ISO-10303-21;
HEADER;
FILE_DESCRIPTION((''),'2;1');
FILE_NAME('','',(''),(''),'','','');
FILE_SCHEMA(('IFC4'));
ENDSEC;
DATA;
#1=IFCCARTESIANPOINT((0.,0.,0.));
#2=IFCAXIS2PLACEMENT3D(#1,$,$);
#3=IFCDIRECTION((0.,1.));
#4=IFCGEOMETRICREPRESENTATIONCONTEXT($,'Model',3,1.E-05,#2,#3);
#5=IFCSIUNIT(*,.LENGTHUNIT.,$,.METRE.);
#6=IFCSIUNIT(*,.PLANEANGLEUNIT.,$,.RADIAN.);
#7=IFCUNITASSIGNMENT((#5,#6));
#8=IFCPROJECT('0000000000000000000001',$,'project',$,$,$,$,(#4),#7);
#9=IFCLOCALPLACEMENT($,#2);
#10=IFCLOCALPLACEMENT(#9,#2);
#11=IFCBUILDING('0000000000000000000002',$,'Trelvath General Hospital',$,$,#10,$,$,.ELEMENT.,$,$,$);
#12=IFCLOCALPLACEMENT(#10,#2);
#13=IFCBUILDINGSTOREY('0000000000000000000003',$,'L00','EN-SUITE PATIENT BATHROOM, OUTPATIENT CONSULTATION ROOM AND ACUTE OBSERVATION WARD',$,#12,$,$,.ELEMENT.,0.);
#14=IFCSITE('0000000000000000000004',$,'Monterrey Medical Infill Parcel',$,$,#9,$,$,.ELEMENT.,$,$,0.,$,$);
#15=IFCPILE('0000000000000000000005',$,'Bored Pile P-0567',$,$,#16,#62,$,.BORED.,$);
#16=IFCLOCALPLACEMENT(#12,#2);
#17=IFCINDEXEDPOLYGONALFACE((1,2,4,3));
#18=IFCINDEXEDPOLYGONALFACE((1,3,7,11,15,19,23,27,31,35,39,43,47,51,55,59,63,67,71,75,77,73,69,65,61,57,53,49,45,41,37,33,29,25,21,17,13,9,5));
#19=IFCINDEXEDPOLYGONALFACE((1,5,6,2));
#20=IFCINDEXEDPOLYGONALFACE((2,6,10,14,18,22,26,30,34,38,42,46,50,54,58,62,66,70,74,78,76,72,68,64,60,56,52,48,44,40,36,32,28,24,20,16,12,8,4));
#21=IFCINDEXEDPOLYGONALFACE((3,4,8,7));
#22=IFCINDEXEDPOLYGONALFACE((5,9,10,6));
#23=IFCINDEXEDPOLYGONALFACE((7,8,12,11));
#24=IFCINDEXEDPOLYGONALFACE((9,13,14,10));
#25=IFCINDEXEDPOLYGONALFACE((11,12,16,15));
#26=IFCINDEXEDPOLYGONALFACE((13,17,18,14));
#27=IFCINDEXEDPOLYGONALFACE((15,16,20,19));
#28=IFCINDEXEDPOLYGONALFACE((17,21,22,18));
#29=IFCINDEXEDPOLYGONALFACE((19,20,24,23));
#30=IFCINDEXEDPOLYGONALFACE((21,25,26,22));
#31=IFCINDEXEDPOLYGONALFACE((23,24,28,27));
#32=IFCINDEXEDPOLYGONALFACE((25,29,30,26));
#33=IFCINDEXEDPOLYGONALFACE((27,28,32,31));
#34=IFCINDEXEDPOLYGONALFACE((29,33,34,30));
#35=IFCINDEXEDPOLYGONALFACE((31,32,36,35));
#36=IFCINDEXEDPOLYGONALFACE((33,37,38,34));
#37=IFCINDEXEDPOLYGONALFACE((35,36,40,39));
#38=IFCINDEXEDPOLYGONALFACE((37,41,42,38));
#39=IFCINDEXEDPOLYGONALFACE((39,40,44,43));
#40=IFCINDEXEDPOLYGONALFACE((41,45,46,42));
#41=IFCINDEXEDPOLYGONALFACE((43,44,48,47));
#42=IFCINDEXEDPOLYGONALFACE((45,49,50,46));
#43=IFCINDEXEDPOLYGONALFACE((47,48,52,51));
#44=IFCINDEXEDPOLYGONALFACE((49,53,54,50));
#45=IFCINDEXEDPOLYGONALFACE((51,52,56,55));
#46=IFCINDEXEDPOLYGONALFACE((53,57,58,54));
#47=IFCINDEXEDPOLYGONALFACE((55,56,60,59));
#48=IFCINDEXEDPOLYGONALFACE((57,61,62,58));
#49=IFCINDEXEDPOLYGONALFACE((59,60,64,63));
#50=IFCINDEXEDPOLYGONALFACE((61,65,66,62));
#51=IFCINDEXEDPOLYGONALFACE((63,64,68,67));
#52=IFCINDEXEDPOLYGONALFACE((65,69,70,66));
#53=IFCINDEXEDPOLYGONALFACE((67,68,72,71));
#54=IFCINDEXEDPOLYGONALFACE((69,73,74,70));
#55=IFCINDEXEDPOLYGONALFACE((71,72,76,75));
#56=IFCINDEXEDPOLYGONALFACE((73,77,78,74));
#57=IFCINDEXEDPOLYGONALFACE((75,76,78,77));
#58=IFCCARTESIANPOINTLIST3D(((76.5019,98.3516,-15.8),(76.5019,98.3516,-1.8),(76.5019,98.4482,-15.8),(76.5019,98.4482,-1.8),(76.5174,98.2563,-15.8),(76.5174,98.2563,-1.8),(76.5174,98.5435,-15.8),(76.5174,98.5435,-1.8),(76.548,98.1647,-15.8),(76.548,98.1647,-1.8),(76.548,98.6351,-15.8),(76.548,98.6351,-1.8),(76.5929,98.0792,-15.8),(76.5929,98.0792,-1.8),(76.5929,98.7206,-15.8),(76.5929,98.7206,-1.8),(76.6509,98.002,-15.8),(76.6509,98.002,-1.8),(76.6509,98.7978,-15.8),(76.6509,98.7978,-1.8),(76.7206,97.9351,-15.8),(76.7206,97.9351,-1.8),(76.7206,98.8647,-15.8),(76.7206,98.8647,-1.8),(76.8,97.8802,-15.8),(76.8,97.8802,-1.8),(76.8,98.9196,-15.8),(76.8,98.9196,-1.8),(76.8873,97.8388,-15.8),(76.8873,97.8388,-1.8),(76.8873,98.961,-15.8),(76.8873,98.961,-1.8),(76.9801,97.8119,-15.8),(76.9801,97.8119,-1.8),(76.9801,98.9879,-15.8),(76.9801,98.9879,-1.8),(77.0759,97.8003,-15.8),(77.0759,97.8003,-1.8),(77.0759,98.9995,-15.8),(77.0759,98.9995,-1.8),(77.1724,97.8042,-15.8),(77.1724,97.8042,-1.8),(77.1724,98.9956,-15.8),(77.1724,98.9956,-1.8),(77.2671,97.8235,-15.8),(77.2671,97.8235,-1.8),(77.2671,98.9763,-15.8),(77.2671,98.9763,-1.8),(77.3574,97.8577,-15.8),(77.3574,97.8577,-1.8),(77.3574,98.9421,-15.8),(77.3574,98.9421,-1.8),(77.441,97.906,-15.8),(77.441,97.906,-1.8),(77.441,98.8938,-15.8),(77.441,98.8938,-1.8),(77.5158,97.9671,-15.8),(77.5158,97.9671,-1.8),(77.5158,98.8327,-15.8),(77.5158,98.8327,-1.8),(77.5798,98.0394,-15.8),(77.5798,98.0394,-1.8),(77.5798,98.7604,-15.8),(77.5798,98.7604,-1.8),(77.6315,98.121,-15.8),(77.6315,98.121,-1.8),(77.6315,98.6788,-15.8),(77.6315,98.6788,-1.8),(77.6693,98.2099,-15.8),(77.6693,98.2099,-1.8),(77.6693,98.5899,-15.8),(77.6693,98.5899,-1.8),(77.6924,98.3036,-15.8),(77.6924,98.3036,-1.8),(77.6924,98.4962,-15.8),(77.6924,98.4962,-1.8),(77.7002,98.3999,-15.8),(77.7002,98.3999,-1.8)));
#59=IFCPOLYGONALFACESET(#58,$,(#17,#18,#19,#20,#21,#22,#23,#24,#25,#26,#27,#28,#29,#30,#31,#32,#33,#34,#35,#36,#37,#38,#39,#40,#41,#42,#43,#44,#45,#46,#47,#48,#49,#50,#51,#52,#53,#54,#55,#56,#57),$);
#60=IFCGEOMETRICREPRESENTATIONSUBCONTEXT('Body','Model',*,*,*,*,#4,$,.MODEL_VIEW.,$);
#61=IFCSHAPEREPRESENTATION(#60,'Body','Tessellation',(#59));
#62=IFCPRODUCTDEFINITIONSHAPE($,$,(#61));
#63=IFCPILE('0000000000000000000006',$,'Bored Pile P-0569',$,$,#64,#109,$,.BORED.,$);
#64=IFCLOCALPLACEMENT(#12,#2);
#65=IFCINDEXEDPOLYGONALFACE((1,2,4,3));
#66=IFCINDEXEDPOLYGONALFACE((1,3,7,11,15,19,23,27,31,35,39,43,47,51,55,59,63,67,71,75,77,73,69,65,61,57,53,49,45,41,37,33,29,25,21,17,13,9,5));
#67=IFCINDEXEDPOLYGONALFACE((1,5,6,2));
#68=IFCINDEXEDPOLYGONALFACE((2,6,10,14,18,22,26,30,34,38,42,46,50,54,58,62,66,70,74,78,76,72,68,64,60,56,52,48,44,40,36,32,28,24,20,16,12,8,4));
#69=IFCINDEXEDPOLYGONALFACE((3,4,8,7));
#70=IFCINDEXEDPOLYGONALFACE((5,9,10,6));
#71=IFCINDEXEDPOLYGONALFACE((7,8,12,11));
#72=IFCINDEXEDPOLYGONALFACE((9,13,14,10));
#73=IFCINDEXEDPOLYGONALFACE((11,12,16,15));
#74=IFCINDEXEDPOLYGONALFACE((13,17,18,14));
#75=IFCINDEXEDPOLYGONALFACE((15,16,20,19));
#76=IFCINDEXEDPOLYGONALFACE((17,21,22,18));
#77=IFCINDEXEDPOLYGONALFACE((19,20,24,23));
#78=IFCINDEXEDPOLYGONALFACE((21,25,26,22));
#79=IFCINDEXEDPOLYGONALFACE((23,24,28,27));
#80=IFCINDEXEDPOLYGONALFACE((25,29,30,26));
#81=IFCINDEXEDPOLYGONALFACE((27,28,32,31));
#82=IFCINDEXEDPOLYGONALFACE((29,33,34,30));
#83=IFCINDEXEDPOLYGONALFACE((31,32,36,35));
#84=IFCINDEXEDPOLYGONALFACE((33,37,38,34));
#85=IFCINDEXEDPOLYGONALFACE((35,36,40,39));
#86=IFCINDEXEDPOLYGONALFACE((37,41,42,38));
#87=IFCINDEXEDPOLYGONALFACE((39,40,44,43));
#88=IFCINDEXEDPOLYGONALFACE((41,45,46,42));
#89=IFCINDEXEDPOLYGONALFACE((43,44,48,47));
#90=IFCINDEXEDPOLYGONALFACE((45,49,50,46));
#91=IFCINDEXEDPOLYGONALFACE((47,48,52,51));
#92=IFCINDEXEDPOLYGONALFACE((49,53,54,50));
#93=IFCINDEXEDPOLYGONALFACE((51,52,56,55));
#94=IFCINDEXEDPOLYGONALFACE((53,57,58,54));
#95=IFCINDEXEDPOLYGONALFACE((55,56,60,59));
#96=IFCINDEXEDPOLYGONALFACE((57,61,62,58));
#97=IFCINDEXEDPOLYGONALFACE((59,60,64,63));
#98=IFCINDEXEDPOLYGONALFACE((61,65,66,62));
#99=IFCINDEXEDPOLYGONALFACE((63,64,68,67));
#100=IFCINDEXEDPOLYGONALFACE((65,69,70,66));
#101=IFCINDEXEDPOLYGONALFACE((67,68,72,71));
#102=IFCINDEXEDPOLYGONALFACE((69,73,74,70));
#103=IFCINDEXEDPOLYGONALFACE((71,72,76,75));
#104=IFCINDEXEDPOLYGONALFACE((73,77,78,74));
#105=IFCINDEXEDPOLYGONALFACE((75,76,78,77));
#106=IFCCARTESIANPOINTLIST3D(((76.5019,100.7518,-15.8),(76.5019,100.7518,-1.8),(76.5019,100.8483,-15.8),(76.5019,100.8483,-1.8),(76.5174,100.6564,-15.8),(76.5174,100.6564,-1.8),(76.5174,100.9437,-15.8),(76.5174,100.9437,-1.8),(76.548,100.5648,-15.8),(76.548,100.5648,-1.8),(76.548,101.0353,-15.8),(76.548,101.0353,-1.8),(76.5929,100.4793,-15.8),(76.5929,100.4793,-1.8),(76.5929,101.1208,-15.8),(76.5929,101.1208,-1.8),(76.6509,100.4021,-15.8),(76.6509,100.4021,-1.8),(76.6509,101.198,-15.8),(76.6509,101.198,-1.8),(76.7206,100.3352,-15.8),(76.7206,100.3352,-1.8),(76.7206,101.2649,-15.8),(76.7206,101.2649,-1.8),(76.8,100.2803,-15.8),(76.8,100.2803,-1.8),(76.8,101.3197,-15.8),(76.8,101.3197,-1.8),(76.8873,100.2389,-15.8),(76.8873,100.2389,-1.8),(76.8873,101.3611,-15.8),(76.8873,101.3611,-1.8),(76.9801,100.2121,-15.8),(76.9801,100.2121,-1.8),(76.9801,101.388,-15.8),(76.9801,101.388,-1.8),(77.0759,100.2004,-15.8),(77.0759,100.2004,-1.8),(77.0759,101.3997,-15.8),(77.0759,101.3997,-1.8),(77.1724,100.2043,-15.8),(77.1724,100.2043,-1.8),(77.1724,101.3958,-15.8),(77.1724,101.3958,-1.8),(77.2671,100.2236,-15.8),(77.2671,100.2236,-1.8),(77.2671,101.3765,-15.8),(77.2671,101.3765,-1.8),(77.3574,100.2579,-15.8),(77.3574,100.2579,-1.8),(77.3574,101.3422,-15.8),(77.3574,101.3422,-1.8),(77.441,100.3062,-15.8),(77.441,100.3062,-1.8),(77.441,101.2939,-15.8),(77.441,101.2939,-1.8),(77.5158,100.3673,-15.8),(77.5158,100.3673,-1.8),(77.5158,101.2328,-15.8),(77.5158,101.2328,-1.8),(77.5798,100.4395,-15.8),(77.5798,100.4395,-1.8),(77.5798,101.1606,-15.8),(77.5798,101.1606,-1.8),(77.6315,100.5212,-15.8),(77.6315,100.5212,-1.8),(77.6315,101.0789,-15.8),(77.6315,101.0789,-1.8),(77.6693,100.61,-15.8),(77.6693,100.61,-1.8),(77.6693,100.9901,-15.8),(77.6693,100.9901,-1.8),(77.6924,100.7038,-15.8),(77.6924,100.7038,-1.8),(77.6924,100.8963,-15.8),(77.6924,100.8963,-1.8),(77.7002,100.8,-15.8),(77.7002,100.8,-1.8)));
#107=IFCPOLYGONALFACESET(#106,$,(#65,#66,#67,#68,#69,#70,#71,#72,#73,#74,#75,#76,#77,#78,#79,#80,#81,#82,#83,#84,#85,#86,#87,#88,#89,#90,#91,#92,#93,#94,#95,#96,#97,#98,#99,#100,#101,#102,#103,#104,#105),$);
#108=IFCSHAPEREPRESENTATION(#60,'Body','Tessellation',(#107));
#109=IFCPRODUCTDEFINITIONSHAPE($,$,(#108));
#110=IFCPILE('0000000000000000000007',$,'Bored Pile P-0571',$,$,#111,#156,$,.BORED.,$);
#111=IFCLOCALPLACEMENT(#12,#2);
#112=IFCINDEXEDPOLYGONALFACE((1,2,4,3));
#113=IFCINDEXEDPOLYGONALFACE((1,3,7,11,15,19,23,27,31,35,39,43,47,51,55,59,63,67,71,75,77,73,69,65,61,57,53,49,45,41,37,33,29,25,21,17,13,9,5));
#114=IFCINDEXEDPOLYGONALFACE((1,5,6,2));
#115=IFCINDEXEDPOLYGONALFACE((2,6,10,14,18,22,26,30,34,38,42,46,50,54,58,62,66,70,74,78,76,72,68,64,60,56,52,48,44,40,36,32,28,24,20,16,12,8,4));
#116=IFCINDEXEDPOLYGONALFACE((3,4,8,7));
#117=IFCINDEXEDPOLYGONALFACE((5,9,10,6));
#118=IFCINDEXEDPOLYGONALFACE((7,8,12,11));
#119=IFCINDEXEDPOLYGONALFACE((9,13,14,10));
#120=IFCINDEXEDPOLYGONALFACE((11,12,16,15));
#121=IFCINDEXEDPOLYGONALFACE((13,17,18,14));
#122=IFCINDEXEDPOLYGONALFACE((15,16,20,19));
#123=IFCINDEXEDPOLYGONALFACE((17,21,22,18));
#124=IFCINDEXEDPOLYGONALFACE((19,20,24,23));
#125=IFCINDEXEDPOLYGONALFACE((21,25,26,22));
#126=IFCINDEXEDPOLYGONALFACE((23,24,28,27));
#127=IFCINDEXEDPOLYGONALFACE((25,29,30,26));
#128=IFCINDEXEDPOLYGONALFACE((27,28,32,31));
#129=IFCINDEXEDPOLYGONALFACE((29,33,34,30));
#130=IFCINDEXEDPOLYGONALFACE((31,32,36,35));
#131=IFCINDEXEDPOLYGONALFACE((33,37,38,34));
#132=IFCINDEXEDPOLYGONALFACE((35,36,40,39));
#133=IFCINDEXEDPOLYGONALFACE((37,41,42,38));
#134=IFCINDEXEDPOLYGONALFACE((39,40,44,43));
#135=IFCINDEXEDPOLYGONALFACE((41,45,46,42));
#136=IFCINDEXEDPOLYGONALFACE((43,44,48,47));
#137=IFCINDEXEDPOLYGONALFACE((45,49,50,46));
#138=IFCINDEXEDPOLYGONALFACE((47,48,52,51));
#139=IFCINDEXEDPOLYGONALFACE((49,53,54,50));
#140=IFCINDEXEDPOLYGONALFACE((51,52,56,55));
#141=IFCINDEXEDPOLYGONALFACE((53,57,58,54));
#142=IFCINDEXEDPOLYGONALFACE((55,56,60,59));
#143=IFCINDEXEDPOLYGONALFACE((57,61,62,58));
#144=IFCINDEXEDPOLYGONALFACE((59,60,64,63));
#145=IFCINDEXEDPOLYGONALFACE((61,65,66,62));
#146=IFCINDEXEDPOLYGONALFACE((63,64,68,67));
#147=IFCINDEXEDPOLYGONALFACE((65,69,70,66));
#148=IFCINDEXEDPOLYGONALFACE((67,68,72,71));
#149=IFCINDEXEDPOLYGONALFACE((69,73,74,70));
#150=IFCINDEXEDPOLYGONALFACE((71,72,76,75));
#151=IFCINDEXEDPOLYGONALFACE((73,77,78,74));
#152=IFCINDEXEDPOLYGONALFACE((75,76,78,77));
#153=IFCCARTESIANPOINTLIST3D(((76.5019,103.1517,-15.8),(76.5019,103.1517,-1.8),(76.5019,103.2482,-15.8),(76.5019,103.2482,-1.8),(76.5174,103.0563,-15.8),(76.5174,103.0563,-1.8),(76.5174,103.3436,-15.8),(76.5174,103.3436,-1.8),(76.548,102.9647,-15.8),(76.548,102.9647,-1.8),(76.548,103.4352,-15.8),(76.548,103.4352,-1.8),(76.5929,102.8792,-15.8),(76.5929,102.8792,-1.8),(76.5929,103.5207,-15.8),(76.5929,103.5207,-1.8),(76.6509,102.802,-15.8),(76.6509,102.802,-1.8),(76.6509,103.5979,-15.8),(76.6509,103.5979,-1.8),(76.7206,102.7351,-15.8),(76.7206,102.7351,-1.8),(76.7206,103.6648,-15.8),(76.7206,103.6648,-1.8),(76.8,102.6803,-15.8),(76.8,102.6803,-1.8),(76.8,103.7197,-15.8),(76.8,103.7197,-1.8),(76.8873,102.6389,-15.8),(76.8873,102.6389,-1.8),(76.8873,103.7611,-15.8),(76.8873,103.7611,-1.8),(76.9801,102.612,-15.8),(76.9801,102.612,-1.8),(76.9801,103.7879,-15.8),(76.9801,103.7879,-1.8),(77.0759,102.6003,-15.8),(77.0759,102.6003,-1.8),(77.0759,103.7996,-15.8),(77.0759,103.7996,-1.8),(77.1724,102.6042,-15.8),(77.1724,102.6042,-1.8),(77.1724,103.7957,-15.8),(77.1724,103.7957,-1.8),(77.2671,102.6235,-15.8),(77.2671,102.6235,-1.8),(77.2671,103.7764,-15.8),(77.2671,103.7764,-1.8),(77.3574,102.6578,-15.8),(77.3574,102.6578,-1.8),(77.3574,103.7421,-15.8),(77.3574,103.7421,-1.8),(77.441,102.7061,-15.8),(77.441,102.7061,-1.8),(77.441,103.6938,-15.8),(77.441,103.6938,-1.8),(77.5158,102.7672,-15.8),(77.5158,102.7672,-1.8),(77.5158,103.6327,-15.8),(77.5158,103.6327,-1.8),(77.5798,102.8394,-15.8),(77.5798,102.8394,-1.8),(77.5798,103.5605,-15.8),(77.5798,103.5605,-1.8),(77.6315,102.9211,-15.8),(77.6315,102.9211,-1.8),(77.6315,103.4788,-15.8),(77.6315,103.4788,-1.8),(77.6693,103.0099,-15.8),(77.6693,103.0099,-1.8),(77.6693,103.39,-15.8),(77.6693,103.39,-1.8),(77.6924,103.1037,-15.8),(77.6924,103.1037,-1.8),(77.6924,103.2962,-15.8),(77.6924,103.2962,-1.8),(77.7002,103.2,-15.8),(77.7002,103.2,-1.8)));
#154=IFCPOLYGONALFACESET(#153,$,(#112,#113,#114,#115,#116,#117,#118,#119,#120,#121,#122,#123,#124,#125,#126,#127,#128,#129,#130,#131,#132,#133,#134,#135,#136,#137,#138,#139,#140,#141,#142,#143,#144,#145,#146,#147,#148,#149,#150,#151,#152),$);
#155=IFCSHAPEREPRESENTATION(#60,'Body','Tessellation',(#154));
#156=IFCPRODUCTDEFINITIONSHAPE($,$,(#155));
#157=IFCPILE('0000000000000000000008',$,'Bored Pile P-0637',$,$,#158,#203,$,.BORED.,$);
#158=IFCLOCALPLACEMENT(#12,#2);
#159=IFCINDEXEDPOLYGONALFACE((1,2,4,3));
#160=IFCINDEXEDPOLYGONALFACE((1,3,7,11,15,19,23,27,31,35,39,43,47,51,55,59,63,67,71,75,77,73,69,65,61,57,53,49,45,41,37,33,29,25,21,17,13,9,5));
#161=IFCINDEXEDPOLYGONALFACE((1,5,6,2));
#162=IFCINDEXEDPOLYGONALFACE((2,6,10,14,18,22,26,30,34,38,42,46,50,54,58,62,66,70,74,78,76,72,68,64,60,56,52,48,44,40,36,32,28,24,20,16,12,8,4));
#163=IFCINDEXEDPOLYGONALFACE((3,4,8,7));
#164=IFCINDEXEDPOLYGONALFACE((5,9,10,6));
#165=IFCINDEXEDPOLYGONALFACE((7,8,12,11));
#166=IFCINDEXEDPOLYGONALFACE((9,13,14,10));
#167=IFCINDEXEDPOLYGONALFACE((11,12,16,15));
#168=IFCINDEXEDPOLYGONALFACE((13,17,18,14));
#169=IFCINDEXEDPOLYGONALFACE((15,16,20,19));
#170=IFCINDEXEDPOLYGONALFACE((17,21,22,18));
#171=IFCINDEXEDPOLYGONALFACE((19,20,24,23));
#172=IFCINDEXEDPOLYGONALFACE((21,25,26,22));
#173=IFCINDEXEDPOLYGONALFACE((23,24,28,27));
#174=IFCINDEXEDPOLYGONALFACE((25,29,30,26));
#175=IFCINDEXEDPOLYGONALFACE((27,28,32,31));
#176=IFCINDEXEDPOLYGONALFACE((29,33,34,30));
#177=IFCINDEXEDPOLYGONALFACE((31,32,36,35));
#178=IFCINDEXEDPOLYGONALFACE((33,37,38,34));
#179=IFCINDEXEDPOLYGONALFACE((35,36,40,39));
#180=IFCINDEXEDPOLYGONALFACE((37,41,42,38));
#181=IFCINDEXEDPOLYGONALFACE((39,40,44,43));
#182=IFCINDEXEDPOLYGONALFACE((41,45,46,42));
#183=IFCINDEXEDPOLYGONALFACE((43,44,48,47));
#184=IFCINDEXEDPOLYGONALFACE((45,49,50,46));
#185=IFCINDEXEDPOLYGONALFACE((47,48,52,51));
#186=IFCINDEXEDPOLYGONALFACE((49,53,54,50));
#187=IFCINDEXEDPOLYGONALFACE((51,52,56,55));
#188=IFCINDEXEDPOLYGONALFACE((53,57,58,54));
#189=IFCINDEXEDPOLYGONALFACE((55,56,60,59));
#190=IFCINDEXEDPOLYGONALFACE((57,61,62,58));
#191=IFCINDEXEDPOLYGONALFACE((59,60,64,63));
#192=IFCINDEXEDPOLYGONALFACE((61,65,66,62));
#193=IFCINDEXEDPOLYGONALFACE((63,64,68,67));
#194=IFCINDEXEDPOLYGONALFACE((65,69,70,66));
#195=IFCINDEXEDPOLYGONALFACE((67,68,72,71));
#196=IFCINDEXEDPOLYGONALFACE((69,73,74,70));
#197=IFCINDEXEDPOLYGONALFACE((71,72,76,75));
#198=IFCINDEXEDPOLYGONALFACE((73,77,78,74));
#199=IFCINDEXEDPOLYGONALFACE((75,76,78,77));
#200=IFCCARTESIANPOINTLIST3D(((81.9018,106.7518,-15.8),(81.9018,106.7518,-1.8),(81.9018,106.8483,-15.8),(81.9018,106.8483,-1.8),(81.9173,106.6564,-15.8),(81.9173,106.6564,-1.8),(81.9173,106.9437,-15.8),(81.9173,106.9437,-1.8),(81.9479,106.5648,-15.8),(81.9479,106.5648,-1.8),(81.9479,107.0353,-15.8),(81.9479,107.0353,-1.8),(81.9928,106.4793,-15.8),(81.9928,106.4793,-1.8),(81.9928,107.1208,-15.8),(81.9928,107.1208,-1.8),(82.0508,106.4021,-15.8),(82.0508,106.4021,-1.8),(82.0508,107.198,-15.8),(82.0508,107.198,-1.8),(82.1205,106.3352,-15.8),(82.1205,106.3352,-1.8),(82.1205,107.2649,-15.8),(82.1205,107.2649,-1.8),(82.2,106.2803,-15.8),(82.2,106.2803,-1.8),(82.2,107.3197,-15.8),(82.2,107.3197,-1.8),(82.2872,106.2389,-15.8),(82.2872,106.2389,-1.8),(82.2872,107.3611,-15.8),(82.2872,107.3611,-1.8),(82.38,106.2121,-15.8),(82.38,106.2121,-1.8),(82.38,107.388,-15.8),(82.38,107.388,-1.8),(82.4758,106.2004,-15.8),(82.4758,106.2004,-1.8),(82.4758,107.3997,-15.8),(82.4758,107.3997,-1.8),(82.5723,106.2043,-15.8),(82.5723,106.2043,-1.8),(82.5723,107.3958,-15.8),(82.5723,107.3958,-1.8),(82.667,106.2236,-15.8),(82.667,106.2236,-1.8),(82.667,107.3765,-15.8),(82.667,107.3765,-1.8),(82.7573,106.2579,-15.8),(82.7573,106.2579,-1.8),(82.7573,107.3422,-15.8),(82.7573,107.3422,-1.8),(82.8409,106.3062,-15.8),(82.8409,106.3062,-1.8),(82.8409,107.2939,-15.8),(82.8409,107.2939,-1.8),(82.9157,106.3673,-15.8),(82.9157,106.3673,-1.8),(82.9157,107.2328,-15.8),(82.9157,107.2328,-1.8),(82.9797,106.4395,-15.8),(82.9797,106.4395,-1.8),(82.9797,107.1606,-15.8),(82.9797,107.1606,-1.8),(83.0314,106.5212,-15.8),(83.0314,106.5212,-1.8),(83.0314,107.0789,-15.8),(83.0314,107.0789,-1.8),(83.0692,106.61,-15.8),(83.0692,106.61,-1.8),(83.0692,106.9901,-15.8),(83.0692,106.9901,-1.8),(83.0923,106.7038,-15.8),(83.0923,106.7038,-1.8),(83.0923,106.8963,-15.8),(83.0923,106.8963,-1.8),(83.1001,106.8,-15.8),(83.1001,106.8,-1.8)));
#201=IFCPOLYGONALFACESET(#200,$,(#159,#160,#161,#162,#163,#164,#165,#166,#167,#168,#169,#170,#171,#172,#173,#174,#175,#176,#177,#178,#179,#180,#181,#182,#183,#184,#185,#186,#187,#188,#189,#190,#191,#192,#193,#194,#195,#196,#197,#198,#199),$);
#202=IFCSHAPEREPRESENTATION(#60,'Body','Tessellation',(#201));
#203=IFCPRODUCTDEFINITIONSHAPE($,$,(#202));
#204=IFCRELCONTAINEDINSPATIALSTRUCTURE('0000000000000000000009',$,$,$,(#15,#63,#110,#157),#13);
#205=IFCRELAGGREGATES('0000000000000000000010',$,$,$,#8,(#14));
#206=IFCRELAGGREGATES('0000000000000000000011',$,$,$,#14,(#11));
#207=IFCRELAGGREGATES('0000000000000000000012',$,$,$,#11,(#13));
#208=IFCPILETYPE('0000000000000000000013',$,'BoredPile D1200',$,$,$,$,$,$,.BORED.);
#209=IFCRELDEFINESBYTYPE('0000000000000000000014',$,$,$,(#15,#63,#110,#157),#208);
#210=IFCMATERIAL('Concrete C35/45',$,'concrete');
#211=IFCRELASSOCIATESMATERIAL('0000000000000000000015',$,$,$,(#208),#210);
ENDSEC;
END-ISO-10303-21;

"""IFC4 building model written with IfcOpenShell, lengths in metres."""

from ifc_helpers import new_model, si_unit, direction, frame, origin, origin_2d, place, context, subcontext, project, spatial, circle, extrude, material, material_profile, profile_set, type_object, element, save


model = new_model("IFC4")

# Units and contexts
model_context = context("Model", 3, precision=1e-05, world=origin(), true_north=direction((0.0, 1.0)))
body_context = subcontext(model_context, "Body", "Model", "MODEL_VIEW")
ifc_project = project(units=[si_unit("LENGTHUNIT", "METRE"), si_unit("PLANEANGLEUNIT", "RADIAN")], contexts=[model_context])

# Site, building, storey
site_placement = place(None, origin())
site = spatial("IfcSite", under=ifc_project, at=site_placement, Name="Monterrey Medical Infill Parcel", CompositionType="ELEMENT", RefElevation=0.0)
building_placement = place(site_placement, origin())
building = spatial("IfcBuilding", under=site, at=building_placement, Name="Trelvath General Hospital", CompositionType="ELEMENT")
storey_placement = place(building_placement, origin())
storey = spatial("IfcBuildingStorey", under=building, at=storey_placement, Name="L00", Description="EN-SUITE PATIENT BATHROOM, OUTPATIENT CONSULTATION ROOM AND ACUTE OBSERVATION WARD", CompositionType="ELEMENT", Elevation=0.0)

# Piles
ifc_material_1 = material(Name="Concrete C35/45", Category="concrete")
ifc_material_profile_1 = material_profile(ifc_material_1, circle(Radius=0.6001, at=origin_2d()), Name="PILE1200")
ifc_profile_set_1 = profile_set([ifc_material_profile_1], Name="Concrete C35/45")
pile_type_1 = type_object("IfcPileType", Name="BoredPile D1200", PredefinedType="BORED", material=ifc_profile_set_1)
for number, where, z_axis, x_axis, name in (
    (1, (77.1001, 98.3999, -1.8), (0.0, 0.0, -1.0), (1.0, 0.0, 0.0), "Bored Pile P-0567"),
    (2, (77.1001, 100.8, -1.8), (0.0, 0.0, -1.0), (1.0, 0.0, 0.0), "Bored Pile P-0569"),
    (3, (77.1001, 103.2, -1.8), (0.0, 0.0, -1.0), (1.0, 0.0, 0.0), "Bored Pile P-0571"),
    (4, (82.5, 106.8, -1.8), (0.0, 0.0, -1.0), (1.0, 0.0, 0.0), "Bored Pile P-0637"),
):
    element("IfcPile", number, at=place(storey_placement, frame(where, z_axis=z_axis, x_axis=x_axis)), inside=storey, type_object=pile_type_1, Name=name, PredefinedType="BORED", context=body_context, shape_type="SweptSolid", body=[
        extrude(circle(Radius=0.6001, at=origin_2d()), origin(), (0.0, 0.0, 1.0), 14.0),
    ])

save(model, "model.ifc")
